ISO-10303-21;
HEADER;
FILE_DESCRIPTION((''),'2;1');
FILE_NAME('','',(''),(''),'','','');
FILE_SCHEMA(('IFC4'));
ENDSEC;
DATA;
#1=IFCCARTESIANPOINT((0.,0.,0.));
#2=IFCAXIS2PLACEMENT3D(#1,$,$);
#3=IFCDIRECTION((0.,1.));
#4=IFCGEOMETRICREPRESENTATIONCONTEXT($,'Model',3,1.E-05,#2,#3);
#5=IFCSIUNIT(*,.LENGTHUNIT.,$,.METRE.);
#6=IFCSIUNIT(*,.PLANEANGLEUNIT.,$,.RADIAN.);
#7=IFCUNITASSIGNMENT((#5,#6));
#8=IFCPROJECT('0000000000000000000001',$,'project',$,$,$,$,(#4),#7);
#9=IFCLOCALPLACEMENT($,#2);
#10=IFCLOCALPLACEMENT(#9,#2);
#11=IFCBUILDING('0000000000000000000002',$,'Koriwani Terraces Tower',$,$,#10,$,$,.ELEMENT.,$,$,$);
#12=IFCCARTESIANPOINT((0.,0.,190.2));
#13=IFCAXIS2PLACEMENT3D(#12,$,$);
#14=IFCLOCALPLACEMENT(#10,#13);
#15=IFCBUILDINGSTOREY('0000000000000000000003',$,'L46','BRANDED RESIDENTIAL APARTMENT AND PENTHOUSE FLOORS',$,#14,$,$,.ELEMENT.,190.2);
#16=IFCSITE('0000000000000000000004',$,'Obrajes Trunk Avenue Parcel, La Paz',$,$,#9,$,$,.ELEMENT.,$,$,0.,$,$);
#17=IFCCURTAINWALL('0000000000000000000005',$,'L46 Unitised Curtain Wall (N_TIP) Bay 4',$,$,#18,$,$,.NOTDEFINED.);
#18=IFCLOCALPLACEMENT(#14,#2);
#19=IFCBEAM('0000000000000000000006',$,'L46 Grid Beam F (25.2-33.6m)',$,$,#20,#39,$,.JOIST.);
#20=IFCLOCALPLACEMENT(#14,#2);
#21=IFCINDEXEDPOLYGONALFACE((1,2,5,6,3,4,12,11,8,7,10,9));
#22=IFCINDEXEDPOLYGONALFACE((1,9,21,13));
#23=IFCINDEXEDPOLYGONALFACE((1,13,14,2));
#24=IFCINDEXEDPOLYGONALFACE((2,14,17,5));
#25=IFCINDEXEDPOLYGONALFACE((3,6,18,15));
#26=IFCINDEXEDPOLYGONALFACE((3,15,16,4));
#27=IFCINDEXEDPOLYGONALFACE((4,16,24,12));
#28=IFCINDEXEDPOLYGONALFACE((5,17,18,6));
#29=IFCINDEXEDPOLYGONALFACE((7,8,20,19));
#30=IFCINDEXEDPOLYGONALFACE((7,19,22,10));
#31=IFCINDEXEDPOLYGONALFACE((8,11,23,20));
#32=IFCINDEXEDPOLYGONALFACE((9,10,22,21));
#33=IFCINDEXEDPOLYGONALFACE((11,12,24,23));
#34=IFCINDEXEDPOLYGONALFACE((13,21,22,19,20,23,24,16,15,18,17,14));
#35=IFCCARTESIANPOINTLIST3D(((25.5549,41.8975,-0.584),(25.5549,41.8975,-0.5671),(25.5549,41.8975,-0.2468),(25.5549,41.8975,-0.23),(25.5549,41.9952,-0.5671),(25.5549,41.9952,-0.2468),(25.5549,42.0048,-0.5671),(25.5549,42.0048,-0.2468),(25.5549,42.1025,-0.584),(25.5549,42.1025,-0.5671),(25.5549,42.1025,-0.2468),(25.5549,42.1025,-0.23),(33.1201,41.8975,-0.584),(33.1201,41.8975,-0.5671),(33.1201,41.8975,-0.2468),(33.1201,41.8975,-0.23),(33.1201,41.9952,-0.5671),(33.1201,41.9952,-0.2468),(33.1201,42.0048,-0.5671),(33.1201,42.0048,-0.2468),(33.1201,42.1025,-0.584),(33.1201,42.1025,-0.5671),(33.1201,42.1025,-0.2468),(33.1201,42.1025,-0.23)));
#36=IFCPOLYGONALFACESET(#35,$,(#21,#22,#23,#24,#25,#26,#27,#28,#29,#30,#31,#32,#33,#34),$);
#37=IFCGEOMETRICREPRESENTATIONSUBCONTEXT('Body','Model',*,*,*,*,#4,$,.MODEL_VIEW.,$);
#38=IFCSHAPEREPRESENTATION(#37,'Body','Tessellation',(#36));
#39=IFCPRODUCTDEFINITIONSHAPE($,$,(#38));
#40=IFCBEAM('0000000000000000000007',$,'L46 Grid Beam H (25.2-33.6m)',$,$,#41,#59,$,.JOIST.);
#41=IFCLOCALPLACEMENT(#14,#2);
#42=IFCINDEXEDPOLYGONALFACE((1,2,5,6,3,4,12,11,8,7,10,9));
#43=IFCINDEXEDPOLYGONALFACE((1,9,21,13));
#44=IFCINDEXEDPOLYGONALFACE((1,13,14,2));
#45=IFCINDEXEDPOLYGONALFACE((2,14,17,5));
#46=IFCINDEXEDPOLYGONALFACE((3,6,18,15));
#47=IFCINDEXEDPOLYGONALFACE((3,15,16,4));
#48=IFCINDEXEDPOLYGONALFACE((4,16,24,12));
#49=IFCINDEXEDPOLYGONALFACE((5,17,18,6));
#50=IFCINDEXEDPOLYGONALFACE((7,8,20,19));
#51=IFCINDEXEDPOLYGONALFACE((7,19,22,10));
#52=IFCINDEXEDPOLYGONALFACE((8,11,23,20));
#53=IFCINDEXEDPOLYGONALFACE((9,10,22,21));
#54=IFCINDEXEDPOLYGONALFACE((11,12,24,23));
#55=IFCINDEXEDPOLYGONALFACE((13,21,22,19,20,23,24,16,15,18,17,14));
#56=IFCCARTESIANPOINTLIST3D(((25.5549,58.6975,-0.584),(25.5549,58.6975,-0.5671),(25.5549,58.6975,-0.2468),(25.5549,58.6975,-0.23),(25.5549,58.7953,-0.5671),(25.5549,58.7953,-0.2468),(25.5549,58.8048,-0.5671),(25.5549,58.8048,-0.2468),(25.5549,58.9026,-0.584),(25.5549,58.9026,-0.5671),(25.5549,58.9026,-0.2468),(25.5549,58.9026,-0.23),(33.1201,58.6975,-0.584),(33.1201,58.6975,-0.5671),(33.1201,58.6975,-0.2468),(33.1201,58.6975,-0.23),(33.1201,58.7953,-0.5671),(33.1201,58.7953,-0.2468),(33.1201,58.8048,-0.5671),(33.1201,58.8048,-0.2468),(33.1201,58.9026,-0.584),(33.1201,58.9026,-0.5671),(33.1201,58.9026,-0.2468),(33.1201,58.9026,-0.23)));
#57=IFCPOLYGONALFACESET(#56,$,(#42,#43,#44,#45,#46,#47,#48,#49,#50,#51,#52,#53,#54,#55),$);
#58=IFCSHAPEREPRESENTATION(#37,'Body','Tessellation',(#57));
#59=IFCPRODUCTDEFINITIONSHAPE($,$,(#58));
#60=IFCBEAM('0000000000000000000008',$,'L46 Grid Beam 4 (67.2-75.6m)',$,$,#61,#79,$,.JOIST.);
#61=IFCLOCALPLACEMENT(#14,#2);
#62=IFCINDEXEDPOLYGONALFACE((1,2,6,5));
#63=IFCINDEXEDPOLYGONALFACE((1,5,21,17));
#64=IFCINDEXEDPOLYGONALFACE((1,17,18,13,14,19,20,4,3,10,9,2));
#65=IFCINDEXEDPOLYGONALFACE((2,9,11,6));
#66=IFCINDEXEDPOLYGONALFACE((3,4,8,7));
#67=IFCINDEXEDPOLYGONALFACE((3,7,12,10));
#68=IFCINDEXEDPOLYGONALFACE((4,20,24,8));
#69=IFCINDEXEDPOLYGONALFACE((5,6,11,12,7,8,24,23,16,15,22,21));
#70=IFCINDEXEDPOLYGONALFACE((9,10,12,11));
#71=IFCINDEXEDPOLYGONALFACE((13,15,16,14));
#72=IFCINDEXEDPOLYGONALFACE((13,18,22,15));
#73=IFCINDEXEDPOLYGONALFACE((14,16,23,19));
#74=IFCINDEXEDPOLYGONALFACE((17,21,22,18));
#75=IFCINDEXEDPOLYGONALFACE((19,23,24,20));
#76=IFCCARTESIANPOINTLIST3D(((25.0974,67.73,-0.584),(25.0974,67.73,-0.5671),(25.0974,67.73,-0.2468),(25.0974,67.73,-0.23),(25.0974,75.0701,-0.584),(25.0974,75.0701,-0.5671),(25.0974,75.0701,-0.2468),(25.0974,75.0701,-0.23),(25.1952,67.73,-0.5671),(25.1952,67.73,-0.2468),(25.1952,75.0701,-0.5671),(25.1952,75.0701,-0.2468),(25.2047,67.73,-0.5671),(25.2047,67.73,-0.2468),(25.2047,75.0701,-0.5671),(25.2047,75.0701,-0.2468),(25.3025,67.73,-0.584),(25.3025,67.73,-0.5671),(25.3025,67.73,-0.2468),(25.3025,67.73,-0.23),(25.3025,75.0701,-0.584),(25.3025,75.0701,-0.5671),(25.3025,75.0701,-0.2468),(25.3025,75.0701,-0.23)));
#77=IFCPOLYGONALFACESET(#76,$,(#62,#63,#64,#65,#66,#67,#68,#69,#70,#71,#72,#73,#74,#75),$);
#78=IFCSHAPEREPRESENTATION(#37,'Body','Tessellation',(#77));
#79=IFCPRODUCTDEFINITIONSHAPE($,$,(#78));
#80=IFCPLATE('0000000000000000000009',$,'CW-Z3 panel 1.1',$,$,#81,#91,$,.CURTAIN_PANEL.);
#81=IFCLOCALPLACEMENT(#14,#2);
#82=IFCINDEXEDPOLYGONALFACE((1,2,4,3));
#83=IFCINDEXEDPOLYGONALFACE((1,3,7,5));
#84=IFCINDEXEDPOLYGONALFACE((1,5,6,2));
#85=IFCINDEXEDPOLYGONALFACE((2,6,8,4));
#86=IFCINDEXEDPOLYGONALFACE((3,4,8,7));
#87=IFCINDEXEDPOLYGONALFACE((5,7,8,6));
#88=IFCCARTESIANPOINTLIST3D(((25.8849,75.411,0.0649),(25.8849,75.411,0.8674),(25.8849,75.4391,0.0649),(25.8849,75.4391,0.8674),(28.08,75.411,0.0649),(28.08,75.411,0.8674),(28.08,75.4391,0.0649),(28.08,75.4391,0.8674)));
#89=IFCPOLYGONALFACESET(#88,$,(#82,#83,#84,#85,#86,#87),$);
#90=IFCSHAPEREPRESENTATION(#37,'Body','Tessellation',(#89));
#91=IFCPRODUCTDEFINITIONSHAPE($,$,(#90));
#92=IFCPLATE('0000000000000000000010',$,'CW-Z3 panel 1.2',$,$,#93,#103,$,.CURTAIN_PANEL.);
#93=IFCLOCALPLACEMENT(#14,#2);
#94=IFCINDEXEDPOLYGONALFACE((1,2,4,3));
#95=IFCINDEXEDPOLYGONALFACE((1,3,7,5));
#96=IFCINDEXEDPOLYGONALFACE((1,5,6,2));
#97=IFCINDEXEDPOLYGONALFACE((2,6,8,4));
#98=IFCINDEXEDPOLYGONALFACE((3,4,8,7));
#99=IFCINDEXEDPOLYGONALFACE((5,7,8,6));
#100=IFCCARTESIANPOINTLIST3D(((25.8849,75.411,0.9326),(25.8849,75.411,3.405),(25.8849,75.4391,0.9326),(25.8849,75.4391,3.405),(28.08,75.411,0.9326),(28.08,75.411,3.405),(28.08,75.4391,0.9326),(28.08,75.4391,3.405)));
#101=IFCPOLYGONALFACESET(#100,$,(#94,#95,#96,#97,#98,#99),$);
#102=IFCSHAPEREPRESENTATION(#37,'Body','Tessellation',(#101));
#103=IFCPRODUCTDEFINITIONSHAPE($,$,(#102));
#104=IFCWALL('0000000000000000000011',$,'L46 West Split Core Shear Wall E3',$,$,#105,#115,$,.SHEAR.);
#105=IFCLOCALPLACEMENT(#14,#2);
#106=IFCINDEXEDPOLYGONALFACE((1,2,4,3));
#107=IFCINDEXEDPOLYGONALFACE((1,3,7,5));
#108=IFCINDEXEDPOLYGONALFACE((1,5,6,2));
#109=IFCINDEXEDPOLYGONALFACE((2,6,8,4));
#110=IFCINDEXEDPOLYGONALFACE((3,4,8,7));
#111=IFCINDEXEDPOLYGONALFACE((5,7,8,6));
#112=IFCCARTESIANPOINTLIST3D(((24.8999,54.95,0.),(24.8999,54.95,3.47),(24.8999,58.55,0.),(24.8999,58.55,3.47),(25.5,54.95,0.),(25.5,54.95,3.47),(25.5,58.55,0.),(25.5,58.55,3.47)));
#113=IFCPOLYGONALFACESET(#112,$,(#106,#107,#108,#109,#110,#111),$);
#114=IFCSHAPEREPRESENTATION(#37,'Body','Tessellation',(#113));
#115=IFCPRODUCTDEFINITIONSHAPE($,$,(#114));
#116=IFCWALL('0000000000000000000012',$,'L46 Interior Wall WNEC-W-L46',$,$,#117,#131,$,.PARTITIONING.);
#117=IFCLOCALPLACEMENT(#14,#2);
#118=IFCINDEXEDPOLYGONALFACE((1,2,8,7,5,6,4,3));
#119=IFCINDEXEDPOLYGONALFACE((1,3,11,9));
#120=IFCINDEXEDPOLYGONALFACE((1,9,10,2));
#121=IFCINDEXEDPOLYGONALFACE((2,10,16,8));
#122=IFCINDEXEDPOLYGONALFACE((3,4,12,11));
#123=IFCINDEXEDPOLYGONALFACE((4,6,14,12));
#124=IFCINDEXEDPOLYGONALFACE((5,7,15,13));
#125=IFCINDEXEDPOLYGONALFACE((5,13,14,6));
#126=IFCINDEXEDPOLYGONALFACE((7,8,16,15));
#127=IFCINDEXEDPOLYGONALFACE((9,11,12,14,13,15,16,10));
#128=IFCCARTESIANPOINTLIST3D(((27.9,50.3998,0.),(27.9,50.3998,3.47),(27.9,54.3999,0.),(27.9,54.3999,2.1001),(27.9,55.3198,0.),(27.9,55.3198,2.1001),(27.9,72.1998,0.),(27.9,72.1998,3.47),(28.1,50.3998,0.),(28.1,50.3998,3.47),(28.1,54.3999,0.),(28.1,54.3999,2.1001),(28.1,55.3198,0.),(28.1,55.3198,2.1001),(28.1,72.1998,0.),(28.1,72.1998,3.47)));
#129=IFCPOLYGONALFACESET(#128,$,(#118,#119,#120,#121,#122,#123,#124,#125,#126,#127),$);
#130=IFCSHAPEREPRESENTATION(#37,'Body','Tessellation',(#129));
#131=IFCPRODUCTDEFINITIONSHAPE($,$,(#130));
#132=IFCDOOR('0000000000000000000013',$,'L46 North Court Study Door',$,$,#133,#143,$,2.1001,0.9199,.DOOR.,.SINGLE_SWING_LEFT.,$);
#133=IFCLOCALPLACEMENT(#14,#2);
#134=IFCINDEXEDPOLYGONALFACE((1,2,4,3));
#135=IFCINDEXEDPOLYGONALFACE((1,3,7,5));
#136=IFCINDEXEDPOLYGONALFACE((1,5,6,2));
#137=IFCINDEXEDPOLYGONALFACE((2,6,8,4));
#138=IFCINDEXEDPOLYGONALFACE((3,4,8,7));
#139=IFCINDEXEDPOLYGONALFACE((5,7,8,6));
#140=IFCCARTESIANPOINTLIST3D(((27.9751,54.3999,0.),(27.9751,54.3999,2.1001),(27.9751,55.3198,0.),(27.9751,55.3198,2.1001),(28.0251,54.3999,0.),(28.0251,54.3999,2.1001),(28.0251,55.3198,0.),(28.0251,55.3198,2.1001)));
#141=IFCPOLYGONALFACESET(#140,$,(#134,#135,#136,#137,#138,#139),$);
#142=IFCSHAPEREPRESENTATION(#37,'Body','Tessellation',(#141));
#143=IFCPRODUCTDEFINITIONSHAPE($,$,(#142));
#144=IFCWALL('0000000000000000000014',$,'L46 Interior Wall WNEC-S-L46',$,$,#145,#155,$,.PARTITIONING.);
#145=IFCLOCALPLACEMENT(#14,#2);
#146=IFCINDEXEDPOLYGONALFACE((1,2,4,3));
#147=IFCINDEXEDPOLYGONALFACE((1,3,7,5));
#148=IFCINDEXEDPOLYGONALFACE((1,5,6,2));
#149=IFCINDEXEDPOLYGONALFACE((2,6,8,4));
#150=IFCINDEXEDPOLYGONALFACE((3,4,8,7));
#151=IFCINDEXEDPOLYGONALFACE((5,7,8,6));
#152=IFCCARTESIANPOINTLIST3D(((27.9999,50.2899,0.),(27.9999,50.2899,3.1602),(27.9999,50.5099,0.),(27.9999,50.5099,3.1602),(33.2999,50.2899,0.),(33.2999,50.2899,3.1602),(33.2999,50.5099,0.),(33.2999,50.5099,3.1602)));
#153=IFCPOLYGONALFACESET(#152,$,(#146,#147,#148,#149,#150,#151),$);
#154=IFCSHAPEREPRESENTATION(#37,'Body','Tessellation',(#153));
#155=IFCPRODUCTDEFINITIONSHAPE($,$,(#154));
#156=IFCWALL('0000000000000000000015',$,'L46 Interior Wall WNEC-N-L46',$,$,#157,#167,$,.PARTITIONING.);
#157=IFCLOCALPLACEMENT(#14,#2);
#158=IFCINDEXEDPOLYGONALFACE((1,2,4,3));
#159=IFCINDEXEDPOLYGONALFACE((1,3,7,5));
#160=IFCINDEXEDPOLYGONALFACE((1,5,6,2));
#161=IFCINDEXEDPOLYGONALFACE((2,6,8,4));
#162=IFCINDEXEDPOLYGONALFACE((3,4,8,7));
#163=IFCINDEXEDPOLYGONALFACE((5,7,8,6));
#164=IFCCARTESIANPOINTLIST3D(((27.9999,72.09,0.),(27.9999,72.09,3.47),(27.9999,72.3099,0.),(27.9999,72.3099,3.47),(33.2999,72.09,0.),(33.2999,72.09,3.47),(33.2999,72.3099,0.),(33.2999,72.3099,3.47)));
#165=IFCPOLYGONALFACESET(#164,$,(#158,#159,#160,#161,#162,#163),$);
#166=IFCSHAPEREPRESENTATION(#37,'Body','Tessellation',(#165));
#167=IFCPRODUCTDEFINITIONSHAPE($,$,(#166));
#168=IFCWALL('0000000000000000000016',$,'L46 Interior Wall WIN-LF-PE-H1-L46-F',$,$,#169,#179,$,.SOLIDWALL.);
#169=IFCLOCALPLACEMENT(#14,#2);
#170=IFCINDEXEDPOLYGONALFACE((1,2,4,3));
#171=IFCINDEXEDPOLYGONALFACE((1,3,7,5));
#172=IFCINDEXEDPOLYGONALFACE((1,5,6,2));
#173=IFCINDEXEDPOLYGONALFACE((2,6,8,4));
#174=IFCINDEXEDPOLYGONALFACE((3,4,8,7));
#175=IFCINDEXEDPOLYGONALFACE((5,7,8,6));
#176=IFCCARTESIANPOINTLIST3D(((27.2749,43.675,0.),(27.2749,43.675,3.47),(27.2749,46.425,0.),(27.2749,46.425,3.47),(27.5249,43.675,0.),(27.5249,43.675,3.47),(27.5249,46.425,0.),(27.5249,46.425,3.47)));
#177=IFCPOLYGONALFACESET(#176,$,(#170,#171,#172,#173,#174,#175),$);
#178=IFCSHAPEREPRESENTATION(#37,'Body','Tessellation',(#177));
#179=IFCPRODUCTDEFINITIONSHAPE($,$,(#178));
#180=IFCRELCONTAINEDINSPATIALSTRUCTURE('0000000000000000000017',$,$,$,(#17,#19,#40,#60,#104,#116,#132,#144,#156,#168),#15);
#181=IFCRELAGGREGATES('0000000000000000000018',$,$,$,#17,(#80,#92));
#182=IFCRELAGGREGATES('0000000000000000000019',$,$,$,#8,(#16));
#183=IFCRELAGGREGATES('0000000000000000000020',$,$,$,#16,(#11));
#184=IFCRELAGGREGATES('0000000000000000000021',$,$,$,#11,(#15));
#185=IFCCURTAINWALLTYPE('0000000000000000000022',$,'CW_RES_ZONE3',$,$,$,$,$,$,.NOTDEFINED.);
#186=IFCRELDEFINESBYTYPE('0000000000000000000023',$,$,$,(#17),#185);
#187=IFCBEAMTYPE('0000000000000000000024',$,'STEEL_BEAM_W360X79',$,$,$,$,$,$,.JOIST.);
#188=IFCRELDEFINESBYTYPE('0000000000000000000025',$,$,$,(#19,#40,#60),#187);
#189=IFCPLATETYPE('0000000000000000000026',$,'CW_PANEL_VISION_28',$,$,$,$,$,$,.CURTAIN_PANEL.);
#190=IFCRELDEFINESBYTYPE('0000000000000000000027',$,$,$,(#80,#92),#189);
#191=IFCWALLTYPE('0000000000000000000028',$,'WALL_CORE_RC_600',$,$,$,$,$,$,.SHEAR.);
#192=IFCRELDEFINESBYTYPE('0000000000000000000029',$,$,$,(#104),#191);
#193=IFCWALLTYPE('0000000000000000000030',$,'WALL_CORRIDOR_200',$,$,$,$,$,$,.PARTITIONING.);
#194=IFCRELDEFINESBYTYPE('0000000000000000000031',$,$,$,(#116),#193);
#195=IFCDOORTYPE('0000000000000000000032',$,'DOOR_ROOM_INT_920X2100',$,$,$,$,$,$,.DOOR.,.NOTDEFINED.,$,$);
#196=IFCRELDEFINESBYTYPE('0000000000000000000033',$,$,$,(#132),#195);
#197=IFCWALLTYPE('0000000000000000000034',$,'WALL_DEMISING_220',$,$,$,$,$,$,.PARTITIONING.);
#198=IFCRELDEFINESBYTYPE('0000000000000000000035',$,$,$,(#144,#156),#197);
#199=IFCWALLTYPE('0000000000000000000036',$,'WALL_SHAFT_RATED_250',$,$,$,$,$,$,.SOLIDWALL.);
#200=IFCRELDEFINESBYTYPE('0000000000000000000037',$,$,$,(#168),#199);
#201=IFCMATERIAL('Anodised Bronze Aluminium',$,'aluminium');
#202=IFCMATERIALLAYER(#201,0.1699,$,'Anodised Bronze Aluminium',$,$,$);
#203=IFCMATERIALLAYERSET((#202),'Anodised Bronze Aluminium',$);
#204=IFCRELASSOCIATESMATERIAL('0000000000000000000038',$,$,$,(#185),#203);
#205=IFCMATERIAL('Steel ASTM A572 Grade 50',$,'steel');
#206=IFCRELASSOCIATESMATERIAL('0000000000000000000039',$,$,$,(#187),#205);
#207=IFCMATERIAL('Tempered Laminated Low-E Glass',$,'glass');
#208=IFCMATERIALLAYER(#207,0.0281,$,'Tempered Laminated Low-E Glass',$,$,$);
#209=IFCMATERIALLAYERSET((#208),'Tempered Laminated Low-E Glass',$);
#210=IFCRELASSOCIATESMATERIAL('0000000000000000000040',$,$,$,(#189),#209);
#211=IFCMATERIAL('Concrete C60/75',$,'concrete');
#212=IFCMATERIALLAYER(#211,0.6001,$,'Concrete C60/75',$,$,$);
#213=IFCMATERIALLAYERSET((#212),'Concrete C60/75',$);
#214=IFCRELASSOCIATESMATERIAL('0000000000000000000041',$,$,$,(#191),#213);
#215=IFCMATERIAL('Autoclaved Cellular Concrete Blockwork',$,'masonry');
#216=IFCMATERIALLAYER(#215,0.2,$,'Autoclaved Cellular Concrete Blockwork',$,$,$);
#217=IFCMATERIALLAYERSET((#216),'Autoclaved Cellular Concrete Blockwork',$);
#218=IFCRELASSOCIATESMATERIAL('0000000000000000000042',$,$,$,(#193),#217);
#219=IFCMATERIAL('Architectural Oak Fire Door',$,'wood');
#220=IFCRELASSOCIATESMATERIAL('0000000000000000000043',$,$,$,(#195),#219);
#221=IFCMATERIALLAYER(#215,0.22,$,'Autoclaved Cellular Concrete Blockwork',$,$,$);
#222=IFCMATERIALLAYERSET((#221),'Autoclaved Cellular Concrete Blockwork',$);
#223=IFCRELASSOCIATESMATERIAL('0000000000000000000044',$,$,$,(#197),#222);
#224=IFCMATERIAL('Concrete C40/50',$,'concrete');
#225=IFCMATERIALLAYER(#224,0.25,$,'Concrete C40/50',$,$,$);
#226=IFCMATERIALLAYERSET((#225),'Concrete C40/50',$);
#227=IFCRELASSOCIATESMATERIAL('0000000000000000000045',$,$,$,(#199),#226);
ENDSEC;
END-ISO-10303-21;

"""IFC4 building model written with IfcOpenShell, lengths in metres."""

from ifc_helpers import new_model, si_unit, direction, frame, frame_2d, origin, origin_2d, place, context, subcontext, project, spatial, rectangle, i_section, extrude, material, layer, layer_set, material_profile, profile_set, type_object, element, fill, aggregate, save


model = new_model("IFC4")

# Units and contexts
model_context = context("Model", 3, precision=1e-05, world=origin(), true_north=direction((0.0, 1.0)))
body_context = subcontext(model_context, "Body", "Model", "MODEL_VIEW")
ifc_project = project(units=[si_unit("LENGTHUNIT", "METRE"), si_unit("PLANEANGLEUNIT", "RADIAN")], contexts=[model_context])

# Site, building, storey
site_placement = place(None, origin())
site = spatial("IfcSite", under=ifc_project, at=site_placement, Name="Obrajes Trunk Avenue Parcel, La Paz", CompositionType="ELEMENT", RefElevation=0.0)
building_placement = place(site_placement, origin())
building = spatial("IfcBuilding", under=site, at=building_placement, Name="Koriwani Terraces Tower", CompositionType="ELEMENT")
storey_placement = place(building_placement, frame((0.0, 0.0, 190.2)))
storey = spatial("IfcBuildingStorey", under=building, at=storey_placement, Name="L46", Description="BRANDED RESIDENTIAL APARTMENT AND PENTHOUSE FLOORS", CompositionType="ELEMENT", Elevation=190.2)

# Curtain wall
ifc_material_1 = material(Name="Anodised Bronze Aluminium", Category="aluminium")
ifc_layer_1 = layer(ifc_material_1, 0.1699, Name="Anodised Bronze Aluminium")
ifc_layer_set_1 = layer_set([ifc_layer_1], Name="Anodised Bronze Aluminium")
curtain_wall_type = type_object("IfcCurtainWallType", Name="CW_RES_ZONE3", PredefinedType="NOTDEFINED", material=ifc_layer_set_1)
curtain_wall_placement = place(storey_placement, origin())
curtain_wall = element("IfcCurtainWall", 1, at=curtain_wall_placement, inside=storey, type_object=curtain_wall_type, Name="L46 Unitised Curtain Wall (N_TIP) Bay 4", PredefinedType="NOTDEFINED")

# Beams
ifc_material_2 = material(Name="Steel ASTM A572 Grade 50", Category="steel")
ifc_material_profile_1 = material_profile(ifc_material_2, i_section(OverallWidth=0.2051, OverallDepth=0.354, WebThickness=0.0095, FlangeThickness=0.0168, at=origin_2d()), Name="Steel ASTM A572 Grade 50", Category="LoadBearing")
ifc_profile_set_1 = profile_set([ifc_material_profile_1], Name="Steel ASTM A572 Grade 50")
beam_type_1 = type_object("IfcBeamType", Name="STEEL_BEAM_W360X79", PredefinedType="JOIST", material=ifc_profile_set_1)
for number, where, z_axis, x_axis, name in (
    (2, (25.5549, 42.0, -0.407), (1.0, 0.0, 0.0), (0.0, 1.0, 0.0), "L46 Grid Beam F (25.2-33.6m)"),
    (3, (25.5549, 58.8, -0.407), (1.0, 0.0, 0.0), (0.0, 1.0, 0.0), "L46 Grid Beam H (25.2-33.6m)"),
):
    element("IfcBeam", number, at=place(storey_placement, frame(where, z_axis=z_axis, x_axis=x_axis)), inside=storey, type_object=beam_type_1, Name=name, PredefinedType="JOIST", context=body_context, shape_type="SweptSolid", body=[
        extrude(i_section(OverallWidth=0.2051, OverallDepth=0.354, WebThickness=0.0095, FlangeThickness=0.0168, at=origin_2d()), origin(), (0.0, 0.0, 1.0), 7.5652),
    ])
beam_1_placement = place(storey_placement, frame((25.2, 67.73, -0.407), z_axis=(0.0, 1.0, 0.0), x_axis=(-1.0, 0.0, 0.0)))
element("IfcBeam", 4, at=beam_1_placement, inside=storey, type_object=beam_type_1, Name="L46 Grid Beam 4 (67.2-75.6m)", PredefinedType="JOIST", context=body_context, shape_type="SweptSolid", body=[
    extrude(i_section(OverallWidth=0.2051, OverallDepth=0.354, WebThickness=0.0095, FlangeThickness=0.0168, at=origin_2d()), origin(), (0.0, 0.0, 1.0), 7.3401),
])

# Plates
ifc_material_3 = material(Name="Tempered Laminated Low-E Glass", Category="glass")
ifc_layer_2 = layer(ifc_material_3, 0.0281, Name="Tempered Laminated Low-E Glass")
ifc_layer_set_2 = layer_set([ifc_layer_2], Name="Tempered Laminated Low-E Glass")
plate_type = type_object("IfcPlateType", Name="CW_PANEL_VISION_28", PredefinedType="CURTAIN_PANEL", material=ifc_layer_set_2)
plate_1_placement = place(storey_placement, frame((26.9824, 75.425, 0.0649), z_axis=(0.0, 0.0, 1.0), x_axis=(1.0, 0.0, 0.0)))
plate_1 = element("IfcPlate", 5, at=plate_1_placement, type_object=plate_type, Name="CW-Z3 panel 1.1", PredefinedType="CURTAIN_PANEL", context=body_context, shape_type="SweptSolid", body=[
    extrude(rectangle(XDim=2.1951, YDim=0.0281, at=origin_2d()), origin(), (0.0, 0.0, 1.0), 0.8025),
])
plate_2_placement = place(storey_placement, frame((26.9824, 75.425, 0.9326), z_axis=(0.0, 0.0, 1.0), x_axis=(1.0, 0.0, 0.0)))
plate_2 = element("IfcPlate", 6, at=plate_2_placement, type_object=plate_type, Name="CW-Z3 panel 1.2", PredefinedType="CURTAIN_PANEL", context=body_context, shape_type="SweptSolid", body=[
    extrude(rectangle(XDim=2.1951, YDim=0.0281, at=origin_2d()), origin(), (0.0, 0.0, 1.0), 2.4724),
])
aggregate(curtain_wall, [plate_1, plate_2])

# Wall
ifc_material_4 = material(Name="Concrete C60/75", Category="concrete")
ifc_layer_3 = layer(ifc_material_4, 0.6001, Name="Concrete C60/75")
ifc_layer_set_3 = layer_set([ifc_layer_3], Name="Concrete C60/75")
wall_type_1 = type_object("IfcWallType", Name="WALL_CORE_RC_600", PredefinedType="SHEAR", material=ifc_layer_set_3)
wall_1_placement = place(storey_placement, frame((25.2, 54.95, 0.0), z_axis=(0.0, 0.0, 1.0), x_axis=(0.0, 1.0, 0.0)))
element("IfcWall", 7, at=wall_1_placement, inside=storey, type_object=wall_type_1, Name="L46 West Split Core Shear Wall E3", PredefinedType="SHEAR", context=body_context, shape_type="SweptSolid", body=[
    extrude(rectangle(XDim=3.6001, YDim=0.6001, at=frame_2d((1.8, 0.0))), origin(), (0.0, 0.0, 1.0), 3.47),
])

# Wall, opening, door
ifc_material_5 = material(Name="Autoclaved Cellular Concrete Blockwork", Category="masonry")
ifc_layer_4 = layer(ifc_material_5, 0.2, Name="Autoclaved Cellular Concrete Blockwork")
ifc_layer_set_4 = layer_set([ifc_layer_4], Name="Autoclaved Cellular Concrete Blockwork")
wall_type_2 = type_object("IfcWallType", Name="WALL_CORRIDOR_200", PredefinedType="PARTITIONING", material=ifc_layer_set_4)
wall_2_placement = place(storey_placement, frame((28.0, 50.3999, 0.0), z_axis=(0.0, 0.0, 1.0), x_axis=(0.0, 1.0, 0.0)))
wall_2 = element("IfcWall", 8, at=wall_2_placement, inside=storey, type_object=wall_type_2, Name="L46 Interior Wall WNEC-W-L46", PredefinedType="PARTITIONING", context=body_context, shape_type="SweptSolid", body=[
    extrude(rectangle(XDim=21.8, YDim=0.2, at=frame_2d((10.8999, 0.0))), origin(), (0.0, 0.0, 1.0), 3.47),
])
opening_placement = place(wall_2_placement, frame((4.0, 0.0, 0.0)))
opening = element("IfcOpeningElement", 9, at=opening_placement, cuts=wall_2, PredefinedType="OPENING", context=body_context, shape_type="SweptSolid", body=[
    extrude(rectangle(XDim=0.9199, YDim=2.1001, at=frame_2d((0.46, 1.05))), frame((0.0, 0.1099, 0.0), z_axis=(0.0, -1.0, 0.0), x_axis=(1.0, 0.0, 0.0)), (0.0, 0.0, 1.0), 0.22),
])
ifc_material_6 = material(Name="Architectural Oak Fire Door", Category="wood")
door_type = type_object("IfcDoorType", Name="DOOR_ROOM_INT_920X2100", OperationType="NOTDEFINED", PredefinedType="DOOR", material=ifc_material_6)
door_placement = place(opening_placement, origin())
door = element("IfcDoor", 10, at=door_placement, inside=storey, type_object=door_type, Name="L46 North Court Study Door", OperationType="SINGLE_SWING_LEFT", OverallHeight=2.1001, OverallWidth=0.9199, PredefinedType="DOOR", context=body_context, shape_type="SweptSolid", body=[
    extrude(rectangle(XDim=0.9199, YDim=2.1001, at=frame_2d((0.46, 1.05))), frame((0.0, 0.0249, 0.0), z_axis=(0.0, -1.0, 0.0), x_axis=(1.0, 0.0, 0.0)), (0.0, 0.0, 1.0), 0.05),
])
fill(opening, door)

# Walls
ifc_layer_5 = layer(ifc_material_5, 0.22, Name="Autoclaved Cellular Concrete Blockwork")
ifc_layer_set_5 = layer_set([ifc_layer_5], Name="Autoclaved Cellular Concrete Blockwork")
wall_type_3 = type_object("IfcWallType", Name="WALL_DEMISING_220", PredefinedType="PARTITIONING", material=ifc_layer_set_5)
wall_3_placement = place(storey_placement, frame((28.0, 50.3999, 0.0), z_axis=(0.0, 0.0, 1.0), x_axis=(1.0, 0.0, 0.0)))
element("IfcWall", 11, at=wall_3_placement, inside=storey, type_object=wall_type_3, Name="L46 Interior Wall WNEC-S-L46", PredefinedType="PARTITIONING", context=body_context, shape_type="SweptSolid", body=[
    extrude(rectangle(XDim=5.3, YDim=0.22, at=frame_2d((2.6499, 0.0))), origin(), (0.0, 0.0, 1.0), 3.1602),
])
wall_4_placement = place(storey_placement, frame((28.0, 72.2, 0.0), z_axis=(0.0, 0.0, 1.0), x_axis=(1.0, 0.0, 0.0)))
element("IfcWall", 12, at=wall_4_placement, inside=storey, type_object=wall_type_3, Name="L46 Interior Wall WNEC-N-L46", PredefinedType="PARTITIONING", context=body_context, shape_type="SweptSolid", body=[
    extrude(rectangle(XDim=5.3, YDim=0.22, at=frame_2d((2.6499, 0.0))), origin(), (0.0, 0.0, 1.0), 3.47),
])
ifc_material_7 = material(Name="Concrete C40/50", Category="concrete")
ifc_layer_6 = layer(ifc_material_7, 0.25, Name="Concrete C40/50")
ifc_layer_set_6 = layer_set([ifc_layer_6], Name="Concrete C40/50")
wall_type_4 = type_object("IfcWallType", Name="WALL_SHAFT_RATED_250", PredefinedType="SOLIDWALL", material=ifc_layer_set_6)
wall_5_placement = place(storey_placement, frame((27.3999, 43.675, 0.0), z_axis=(0.0, 0.0, 1.0), x_axis=(0.0, 1.0, 0.0)))
element("IfcWall", 13, at=wall_5_placement, inside=storey, type_object=wall_type_4, Name="L46 Interior Wall WIN-LF-PE-H1-L46-F", PredefinedType="SOLIDWALL", context=body_context, shape_type="SweptSolid", body=[
    extrude(rectangle(XDim=2.75, YDim=0.25, at=frame_2d((1.375, 0.0))), origin(), (0.0, 0.0, 1.0), 3.47),
])

save(model, "model.ifc")
